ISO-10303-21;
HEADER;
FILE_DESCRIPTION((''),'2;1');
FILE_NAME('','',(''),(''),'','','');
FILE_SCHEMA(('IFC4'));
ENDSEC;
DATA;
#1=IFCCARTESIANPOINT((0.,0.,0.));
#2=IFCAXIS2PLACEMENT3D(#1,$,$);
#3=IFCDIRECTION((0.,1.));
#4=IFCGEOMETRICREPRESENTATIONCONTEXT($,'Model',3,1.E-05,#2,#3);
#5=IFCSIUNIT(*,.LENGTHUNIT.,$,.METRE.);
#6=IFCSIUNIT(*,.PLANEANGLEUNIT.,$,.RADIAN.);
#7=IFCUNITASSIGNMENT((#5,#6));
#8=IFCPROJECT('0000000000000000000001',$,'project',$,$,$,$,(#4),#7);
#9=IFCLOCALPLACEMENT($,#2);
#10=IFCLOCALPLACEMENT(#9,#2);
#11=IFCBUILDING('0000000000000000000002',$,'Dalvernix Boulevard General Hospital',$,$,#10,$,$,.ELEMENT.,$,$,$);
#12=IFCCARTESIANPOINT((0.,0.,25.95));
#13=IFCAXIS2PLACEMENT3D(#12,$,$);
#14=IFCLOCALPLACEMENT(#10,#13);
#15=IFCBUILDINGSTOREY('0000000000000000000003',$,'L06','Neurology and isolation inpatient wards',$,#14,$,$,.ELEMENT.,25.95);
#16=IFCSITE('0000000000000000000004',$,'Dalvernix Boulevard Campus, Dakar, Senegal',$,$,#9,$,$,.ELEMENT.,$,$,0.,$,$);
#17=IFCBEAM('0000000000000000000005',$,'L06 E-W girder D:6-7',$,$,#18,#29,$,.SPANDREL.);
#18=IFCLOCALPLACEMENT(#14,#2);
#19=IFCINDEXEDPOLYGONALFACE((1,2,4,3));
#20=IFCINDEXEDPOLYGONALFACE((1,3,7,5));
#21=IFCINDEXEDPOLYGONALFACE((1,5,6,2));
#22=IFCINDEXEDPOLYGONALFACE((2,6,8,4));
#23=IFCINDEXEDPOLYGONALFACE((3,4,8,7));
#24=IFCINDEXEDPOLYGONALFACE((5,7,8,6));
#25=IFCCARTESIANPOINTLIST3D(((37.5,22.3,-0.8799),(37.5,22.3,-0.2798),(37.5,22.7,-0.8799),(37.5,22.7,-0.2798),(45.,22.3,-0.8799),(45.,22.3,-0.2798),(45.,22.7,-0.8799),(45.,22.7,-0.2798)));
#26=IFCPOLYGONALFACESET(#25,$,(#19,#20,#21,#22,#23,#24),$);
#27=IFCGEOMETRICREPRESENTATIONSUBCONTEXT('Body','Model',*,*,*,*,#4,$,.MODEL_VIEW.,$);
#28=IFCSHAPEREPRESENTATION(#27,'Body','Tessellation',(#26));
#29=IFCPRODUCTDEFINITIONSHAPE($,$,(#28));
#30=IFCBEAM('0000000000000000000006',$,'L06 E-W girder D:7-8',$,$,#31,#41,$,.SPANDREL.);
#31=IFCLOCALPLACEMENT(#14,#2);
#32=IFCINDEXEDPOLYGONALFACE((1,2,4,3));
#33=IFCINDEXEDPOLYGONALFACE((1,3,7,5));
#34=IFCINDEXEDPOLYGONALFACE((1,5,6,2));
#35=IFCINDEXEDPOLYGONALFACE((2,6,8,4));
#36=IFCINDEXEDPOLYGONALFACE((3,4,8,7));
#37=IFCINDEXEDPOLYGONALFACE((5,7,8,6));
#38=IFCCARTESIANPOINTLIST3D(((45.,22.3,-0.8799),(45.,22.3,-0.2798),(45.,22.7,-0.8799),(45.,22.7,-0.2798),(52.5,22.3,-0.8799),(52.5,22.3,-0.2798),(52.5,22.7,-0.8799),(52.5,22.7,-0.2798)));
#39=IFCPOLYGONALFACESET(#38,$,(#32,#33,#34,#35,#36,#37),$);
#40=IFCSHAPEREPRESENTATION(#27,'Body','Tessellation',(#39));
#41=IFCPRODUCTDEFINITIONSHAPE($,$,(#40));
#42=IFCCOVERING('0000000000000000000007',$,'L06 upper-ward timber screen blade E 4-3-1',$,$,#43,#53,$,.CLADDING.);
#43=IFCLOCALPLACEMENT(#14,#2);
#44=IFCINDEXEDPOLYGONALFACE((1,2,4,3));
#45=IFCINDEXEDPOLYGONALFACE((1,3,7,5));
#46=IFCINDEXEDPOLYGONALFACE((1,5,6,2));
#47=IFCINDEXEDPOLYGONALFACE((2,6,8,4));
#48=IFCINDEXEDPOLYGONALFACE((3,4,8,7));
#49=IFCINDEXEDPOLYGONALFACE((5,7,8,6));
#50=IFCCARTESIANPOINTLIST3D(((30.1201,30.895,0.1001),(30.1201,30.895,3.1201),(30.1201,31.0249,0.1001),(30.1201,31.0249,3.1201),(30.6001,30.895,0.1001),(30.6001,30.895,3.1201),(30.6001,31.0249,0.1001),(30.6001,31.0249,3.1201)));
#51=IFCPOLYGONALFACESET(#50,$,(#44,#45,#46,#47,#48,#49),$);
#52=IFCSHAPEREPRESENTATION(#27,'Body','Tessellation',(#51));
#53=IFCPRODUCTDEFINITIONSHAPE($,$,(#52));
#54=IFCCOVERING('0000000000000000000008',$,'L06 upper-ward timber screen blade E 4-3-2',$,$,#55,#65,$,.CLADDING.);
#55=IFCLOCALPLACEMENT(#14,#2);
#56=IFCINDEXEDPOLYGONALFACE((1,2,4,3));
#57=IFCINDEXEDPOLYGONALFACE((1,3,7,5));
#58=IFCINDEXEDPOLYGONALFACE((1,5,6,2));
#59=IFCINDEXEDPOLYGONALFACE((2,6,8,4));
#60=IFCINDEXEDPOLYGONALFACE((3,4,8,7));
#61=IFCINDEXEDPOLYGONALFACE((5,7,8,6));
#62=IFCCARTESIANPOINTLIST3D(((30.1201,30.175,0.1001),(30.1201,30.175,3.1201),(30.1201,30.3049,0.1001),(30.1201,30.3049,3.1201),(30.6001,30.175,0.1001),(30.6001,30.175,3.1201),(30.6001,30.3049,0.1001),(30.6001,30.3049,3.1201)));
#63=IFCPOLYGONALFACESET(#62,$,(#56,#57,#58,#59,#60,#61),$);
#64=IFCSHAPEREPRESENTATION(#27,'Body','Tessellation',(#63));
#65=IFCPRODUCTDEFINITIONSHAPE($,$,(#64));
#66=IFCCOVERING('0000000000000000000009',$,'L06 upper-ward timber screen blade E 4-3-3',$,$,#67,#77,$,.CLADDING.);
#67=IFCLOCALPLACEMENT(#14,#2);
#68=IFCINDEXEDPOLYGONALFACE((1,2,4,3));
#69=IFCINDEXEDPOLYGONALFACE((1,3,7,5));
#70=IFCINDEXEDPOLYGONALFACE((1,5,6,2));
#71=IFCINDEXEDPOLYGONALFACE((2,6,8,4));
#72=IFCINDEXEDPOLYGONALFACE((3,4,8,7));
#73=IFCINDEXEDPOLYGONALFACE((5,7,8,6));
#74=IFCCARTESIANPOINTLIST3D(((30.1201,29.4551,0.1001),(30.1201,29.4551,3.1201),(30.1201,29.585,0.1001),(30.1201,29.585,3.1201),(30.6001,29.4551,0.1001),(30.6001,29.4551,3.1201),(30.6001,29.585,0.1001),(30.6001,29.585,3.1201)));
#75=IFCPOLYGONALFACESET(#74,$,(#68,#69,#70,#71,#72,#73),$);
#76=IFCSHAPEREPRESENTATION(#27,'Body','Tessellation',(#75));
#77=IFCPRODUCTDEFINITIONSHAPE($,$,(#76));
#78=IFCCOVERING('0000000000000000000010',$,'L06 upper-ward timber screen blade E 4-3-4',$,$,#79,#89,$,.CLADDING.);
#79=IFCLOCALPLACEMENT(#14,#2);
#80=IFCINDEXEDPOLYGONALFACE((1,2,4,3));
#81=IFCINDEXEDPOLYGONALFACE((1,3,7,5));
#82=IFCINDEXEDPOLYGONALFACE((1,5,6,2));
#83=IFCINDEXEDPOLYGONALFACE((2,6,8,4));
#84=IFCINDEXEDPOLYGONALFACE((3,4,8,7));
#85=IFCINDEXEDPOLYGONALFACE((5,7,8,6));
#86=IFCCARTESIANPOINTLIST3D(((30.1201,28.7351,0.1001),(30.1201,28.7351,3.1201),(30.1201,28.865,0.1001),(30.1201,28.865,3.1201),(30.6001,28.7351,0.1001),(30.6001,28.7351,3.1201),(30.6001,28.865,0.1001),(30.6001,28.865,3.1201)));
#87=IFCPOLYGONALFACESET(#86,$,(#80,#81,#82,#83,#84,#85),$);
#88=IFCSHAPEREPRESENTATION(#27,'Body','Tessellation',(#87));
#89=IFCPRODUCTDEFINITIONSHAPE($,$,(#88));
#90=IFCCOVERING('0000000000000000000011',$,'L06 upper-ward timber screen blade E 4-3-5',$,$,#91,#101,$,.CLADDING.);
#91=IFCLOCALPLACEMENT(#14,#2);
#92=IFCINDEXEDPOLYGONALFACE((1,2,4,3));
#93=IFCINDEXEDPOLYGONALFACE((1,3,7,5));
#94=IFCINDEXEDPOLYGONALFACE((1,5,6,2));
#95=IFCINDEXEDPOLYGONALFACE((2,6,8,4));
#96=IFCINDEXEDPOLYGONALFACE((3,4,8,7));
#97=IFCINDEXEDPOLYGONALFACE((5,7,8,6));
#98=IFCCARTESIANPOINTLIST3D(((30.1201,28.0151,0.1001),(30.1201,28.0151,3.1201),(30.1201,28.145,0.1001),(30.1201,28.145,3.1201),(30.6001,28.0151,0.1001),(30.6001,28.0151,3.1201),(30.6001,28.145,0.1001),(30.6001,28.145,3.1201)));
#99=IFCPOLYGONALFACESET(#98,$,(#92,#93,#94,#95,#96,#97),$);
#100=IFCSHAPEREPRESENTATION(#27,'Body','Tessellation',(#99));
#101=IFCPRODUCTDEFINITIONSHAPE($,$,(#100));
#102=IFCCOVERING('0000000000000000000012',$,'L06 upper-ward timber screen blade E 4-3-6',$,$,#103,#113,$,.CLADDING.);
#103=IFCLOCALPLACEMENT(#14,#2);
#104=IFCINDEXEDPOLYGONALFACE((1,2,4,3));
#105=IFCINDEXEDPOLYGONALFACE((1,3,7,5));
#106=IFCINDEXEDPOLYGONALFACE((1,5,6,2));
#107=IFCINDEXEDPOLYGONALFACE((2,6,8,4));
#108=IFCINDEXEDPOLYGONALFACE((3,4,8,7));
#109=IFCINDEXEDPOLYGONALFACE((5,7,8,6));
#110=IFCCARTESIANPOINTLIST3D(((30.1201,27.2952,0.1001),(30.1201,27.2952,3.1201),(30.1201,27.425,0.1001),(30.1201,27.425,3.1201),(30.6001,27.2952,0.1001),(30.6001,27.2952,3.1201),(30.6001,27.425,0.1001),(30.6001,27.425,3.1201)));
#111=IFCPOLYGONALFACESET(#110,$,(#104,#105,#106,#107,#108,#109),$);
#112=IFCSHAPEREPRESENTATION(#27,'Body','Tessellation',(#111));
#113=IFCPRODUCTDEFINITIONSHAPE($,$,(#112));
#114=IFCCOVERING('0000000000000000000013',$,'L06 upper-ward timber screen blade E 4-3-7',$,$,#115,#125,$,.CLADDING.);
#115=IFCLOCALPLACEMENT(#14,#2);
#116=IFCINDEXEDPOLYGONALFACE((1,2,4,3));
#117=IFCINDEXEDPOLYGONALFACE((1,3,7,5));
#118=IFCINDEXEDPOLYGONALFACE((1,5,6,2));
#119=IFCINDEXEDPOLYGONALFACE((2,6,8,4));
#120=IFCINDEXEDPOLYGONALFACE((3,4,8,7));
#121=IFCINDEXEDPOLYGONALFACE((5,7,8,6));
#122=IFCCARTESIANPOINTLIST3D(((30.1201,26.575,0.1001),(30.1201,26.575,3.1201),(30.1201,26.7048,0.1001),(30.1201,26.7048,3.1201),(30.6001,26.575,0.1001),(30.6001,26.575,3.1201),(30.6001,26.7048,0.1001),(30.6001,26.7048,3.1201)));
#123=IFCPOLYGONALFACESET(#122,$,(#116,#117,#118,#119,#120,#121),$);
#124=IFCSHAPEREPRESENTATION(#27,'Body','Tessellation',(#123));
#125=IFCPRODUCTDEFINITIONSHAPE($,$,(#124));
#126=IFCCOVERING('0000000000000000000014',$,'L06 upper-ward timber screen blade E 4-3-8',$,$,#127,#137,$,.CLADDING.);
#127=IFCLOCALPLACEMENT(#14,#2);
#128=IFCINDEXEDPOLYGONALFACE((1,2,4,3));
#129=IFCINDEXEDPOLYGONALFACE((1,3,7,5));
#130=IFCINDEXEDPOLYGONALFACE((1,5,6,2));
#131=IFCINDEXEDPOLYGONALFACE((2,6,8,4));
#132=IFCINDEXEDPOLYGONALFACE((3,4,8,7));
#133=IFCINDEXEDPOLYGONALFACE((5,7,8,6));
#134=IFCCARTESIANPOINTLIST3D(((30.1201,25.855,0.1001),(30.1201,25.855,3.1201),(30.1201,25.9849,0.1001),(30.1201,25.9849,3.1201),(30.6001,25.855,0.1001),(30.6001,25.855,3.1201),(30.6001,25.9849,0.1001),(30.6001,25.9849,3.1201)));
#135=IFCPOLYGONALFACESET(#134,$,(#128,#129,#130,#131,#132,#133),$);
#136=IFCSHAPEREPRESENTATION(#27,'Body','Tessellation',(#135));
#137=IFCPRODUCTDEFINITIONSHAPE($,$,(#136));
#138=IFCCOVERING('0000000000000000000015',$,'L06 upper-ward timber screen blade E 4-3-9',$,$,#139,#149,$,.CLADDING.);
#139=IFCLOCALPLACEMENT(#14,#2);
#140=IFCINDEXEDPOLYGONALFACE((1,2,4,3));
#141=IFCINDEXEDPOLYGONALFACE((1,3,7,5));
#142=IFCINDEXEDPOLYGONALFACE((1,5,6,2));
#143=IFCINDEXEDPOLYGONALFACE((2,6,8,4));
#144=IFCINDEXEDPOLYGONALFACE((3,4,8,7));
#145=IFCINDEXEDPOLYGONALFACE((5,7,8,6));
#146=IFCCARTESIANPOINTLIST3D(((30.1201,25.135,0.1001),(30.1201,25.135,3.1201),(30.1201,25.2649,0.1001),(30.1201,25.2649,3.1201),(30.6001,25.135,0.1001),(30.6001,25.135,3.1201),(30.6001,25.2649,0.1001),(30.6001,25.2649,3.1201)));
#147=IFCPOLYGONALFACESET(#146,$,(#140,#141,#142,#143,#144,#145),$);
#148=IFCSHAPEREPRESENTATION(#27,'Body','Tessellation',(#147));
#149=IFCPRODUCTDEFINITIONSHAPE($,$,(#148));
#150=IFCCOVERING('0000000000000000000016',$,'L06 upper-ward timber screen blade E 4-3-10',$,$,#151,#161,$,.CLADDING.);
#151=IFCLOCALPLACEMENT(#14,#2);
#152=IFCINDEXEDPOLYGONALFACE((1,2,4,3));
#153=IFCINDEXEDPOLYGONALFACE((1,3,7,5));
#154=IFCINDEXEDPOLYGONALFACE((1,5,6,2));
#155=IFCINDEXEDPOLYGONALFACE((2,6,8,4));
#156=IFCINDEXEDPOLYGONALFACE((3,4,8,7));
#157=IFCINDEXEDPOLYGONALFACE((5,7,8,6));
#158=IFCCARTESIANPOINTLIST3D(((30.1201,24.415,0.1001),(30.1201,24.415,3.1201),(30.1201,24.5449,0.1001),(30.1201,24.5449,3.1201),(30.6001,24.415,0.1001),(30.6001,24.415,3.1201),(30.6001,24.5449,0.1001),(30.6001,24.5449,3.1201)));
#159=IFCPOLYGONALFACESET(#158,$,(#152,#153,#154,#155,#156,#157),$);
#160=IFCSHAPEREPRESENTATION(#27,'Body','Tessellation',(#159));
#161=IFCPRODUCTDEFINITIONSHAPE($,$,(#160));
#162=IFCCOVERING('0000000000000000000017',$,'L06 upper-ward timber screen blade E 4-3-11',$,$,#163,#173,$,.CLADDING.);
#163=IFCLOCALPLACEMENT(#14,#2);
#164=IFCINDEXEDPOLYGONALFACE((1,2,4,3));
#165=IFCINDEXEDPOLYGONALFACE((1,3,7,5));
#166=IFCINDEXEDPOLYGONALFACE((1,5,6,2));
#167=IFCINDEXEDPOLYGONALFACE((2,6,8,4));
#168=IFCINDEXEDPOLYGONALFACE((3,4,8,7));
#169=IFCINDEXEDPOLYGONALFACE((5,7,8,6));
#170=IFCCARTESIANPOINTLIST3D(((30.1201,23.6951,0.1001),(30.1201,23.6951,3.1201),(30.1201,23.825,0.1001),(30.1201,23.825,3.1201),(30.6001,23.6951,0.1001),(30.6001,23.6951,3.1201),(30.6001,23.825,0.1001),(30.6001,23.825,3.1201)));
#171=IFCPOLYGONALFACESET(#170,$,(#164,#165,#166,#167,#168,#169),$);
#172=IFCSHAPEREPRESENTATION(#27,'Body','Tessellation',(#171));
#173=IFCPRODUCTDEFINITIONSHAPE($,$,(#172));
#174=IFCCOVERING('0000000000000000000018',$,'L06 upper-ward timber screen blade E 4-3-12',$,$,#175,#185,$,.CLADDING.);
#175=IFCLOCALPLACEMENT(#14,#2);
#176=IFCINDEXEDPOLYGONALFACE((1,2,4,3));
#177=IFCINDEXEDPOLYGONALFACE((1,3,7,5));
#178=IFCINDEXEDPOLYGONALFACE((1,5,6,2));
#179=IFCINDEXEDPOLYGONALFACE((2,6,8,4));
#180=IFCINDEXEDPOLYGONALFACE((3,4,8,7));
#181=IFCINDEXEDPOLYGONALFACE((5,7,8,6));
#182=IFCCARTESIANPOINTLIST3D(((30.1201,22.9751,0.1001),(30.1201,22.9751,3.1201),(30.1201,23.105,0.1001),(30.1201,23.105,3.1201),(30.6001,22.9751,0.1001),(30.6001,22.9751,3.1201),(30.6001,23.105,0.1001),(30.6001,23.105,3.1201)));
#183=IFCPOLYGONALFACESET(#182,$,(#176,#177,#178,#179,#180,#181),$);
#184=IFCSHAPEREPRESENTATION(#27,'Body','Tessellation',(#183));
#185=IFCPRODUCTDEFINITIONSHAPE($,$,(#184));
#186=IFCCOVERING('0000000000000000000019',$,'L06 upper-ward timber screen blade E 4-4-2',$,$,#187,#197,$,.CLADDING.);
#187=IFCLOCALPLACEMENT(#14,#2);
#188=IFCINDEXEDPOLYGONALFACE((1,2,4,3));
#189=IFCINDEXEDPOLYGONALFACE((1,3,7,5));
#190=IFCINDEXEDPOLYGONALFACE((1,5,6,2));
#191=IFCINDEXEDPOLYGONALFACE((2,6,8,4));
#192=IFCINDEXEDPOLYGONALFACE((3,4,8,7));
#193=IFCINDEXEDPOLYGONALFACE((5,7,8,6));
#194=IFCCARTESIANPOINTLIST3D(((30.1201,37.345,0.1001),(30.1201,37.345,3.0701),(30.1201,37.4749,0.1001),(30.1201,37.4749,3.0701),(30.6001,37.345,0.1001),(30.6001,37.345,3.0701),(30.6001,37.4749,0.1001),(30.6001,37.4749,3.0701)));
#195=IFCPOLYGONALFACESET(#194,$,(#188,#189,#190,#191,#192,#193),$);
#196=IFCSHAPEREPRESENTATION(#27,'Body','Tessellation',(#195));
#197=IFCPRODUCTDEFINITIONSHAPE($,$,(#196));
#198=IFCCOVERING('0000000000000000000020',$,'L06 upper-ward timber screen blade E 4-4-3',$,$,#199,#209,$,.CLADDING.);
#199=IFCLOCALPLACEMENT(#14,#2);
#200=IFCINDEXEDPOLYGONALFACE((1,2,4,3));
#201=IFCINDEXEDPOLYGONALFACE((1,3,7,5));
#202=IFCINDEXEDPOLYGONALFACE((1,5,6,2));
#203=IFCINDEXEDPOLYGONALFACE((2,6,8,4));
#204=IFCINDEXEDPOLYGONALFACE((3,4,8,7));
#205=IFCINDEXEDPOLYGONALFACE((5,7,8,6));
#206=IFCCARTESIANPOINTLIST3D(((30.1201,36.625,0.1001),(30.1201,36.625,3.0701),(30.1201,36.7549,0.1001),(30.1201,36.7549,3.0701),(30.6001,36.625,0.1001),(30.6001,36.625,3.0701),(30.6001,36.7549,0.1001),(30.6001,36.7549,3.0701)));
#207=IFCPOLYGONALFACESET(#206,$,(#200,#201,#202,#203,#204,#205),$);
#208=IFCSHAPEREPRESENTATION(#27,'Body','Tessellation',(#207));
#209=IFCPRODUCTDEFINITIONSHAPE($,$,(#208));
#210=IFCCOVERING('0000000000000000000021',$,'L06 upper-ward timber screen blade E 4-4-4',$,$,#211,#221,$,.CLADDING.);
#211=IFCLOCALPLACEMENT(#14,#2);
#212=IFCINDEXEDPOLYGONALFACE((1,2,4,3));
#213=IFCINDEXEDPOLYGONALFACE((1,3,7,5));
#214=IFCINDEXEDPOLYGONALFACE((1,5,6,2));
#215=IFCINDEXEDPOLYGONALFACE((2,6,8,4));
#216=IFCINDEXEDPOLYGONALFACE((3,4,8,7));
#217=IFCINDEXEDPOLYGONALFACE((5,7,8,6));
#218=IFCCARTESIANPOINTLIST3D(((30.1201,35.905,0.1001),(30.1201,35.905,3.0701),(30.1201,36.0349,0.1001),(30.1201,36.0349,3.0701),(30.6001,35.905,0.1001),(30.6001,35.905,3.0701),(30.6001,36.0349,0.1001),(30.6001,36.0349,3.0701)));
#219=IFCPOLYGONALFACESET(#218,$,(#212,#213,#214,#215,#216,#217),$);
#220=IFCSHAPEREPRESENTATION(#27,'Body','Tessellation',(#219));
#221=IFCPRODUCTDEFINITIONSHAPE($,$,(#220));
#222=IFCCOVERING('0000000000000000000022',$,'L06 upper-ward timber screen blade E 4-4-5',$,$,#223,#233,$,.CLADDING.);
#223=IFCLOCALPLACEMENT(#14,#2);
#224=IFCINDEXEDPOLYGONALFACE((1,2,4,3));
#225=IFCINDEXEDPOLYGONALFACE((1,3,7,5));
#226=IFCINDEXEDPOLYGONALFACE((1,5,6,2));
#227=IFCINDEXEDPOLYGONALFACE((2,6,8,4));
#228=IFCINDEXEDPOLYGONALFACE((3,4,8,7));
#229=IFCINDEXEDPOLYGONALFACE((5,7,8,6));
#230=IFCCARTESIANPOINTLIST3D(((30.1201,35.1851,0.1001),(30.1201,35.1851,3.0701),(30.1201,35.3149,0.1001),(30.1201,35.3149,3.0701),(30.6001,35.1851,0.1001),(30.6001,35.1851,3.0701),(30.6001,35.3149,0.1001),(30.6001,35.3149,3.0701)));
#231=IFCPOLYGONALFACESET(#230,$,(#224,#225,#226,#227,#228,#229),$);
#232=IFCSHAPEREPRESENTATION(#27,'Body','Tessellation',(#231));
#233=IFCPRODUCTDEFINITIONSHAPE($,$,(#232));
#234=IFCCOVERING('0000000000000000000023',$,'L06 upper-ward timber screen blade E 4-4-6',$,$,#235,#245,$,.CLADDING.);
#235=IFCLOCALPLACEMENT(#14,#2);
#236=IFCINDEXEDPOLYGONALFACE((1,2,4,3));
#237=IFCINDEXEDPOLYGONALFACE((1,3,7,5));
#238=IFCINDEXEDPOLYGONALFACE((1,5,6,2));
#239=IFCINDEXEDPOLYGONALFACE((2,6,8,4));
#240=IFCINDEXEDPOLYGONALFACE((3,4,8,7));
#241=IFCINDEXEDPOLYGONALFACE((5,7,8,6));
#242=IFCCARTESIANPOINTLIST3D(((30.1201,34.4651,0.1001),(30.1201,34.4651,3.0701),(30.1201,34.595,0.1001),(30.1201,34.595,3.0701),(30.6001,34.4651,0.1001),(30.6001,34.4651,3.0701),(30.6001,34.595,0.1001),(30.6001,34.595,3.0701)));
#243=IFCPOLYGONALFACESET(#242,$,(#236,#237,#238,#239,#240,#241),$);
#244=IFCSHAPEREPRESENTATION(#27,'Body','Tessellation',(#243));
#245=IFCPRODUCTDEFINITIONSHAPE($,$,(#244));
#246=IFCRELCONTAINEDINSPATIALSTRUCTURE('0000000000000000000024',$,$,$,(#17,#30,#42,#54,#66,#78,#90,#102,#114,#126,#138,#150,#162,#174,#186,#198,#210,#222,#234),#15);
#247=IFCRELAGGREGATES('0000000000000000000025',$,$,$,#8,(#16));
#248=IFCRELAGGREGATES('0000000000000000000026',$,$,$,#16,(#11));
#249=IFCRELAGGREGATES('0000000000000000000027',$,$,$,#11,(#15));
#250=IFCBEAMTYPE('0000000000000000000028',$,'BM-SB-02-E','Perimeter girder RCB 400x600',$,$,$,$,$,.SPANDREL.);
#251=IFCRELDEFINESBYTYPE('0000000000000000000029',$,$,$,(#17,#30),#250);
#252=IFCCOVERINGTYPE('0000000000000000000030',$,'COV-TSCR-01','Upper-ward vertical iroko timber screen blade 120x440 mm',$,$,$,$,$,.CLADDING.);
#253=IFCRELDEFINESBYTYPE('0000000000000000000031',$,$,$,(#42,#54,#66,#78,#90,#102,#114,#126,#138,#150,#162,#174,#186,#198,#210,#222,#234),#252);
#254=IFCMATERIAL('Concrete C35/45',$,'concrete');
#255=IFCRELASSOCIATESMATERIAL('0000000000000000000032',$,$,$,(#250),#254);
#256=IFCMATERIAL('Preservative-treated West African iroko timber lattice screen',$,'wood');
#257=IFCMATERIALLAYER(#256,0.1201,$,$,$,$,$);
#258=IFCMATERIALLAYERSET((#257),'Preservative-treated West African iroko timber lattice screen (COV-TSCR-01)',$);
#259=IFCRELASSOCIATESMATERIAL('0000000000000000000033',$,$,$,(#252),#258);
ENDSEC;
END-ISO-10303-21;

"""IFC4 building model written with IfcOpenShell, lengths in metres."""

from ifc_helpers import new_model, si_unit, direction, frame, origin, origin_2d, place, context, subcontext, project, spatial, rectangle, extrude, material, layer, layer_set, material_profile, profile_set, type_object, element, save


model = new_model("IFC4")

# Units and contexts
model_context = context("Model", 3, precision=1e-05, world=origin(), true_north=direction((0.0, 1.0)))
body_context = subcontext(model_context, "Body", "Model", "MODEL_VIEW")
ifc_project = project(units=[si_unit("LENGTHUNIT", "METRE"), si_unit("PLANEANGLEUNIT", "RADIAN")], contexts=[model_context])

# Site, building, storey
site_placement = place(None, origin())
site = spatial("IfcSite", under=ifc_project, at=site_placement, Name="Dalvernix Boulevard Campus, Dakar, Senegal", CompositionType="ELEMENT", RefElevation=0.0)
building_placement = place(site_placement, origin())
building = spatial("IfcBuilding", under=site, at=building_placement, Name="Dalvernix Boulevard General Hospital", CompositionType="ELEMENT")
storey_placement = place(building_placement, frame((0.0, 0.0, 25.95)))
storey = spatial("IfcBuildingStorey", under=building, at=storey_placement, Name="L06", Description="Neurology and isolation inpatient wards", CompositionType="ELEMENT", Elevation=25.95)

# Beams
ifc_material_1 = material(Name="Concrete C35/45", Category="concrete")
ifc_material_profile = material_profile(ifc_material_1, rectangle(XDim=0.3999, YDim=0.6001, at=origin_2d()), Name="RCB 400x600")
ifc_profile_set = profile_set([ifc_material_profile], Name="Concrete C35/45")
beam_type = type_object("IfcBeamType", Name="BM-SB-02-E", Description="Perimeter girder RCB 400x600", PredefinedType="SPANDREL", material=ifc_profile_set)
for number, where, z_axis, x_axis, name in (
    (1, (37.5, 22.5, -0.5798), (1.0, 0.0, 0.0), (0.0, 1.0, 0.0), "L06 E-W girder D:6-7"),
    (2, (45.0, 22.5, -0.5798), (1.0, 0.0, 0.0), (0.0, 1.0, 0.0), "L06 E-W girder D:7-8"),
):
    element("IfcBeam", number, at=place(storey_placement, frame(where, z_axis=z_axis, x_axis=x_axis)), inside=storey, type_object=beam_type, Name=name, PredefinedType="SPANDREL", context=body_context, shape_type="SweptSolid", body=[
        extrude(rectangle(XDim=0.3999, YDim=0.6001, at=origin_2d()), origin(), (0.0, 0.0, 1.0), 7.5),
    ])

# Coverings
ifc_material_2 = material(Name="Preservative-treated West African iroko timber lattice screen", Category="wood")
ifc_layer = layer(ifc_material_2, 0.1201)
ifc_layer_set = layer_set([ifc_layer], Name="Preservative-treated West African iroko timber lattice screen (COV-TSCR-01)")
covering_type = type_object("IfcCoveringType", Name="COV-TSCR-01", Description="Upper-ward vertical iroko timber screen blade 120x440 mm", PredefinedType="CLADDING", material=ifc_layer_set)
for number, where, z_axis, x_axis, name in (
    (3, (30.3601, 30.96, 0.1001), (0.0, 0.0, 1.0), (0.0, -1.0, 0.0), "L06 upper-ward timber screen blade E 4-3-1"),
    (4, (30.3601, 30.24, 0.1001), (0.0, 0.0, 1.0), (0.0, -1.0, 0.0), "L06 upper-ward timber screen blade E 4-3-2"),
    (5, (30.3601, 29.52, 0.1001), (0.0, 0.0, 1.0), (0.0, -1.0, 0.0), "L06 upper-ward timber screen blade E 4-3-3"),
    (6, (30.3601, 28.8, 0.1001), (0.0, 0.0, 1.0), (0.0, -1.0, 0.0), "L06 upper-ward timber screen blade E 4-3-4"),
    (7, (30.3601, 28.0801, 0.1001), (0.0, 0.0, 1.0), (0.0, -1.0, 0.0), "L06 upper-ward timber screen blade E 4-3-5"),
    (8, (30.3601, 27.3601, 0.1001), (0.0, 0.0, 1.0), (0.0, -1.0, 0.0), "L06 upper-ward timber screen blade E 4-3-6"),
    (9, (30.3601, 26.6399, 0.1001), (0.0, 0.0, 1.0), (0.0, -1.0, 0.0), "L06 upper-ward timber screen blade E 4-3-7"),
    (10, (30.3601, 25.9199, 0.1001), (0.0, 0.0, 1.0), (0.0, -1.0, 0.0), "L06 upper-ward timber screen blade E 4-3-8"),
    (11, (30.3601, 25.2, 0.1001), (0.0, 0.0, 1.0), (0.0, -1.0, 0.0), "L06 upper-ward timber screen blade E 4-3-9"),
    (12, (30.3601, 24.48, 0.1001), (0.0, 0.0, 1.0), (0.0, -1.0, 0.0), "L06 upper-ward timber screen blade E 4-3-10"),
    (13, (30.3601, 23.76, 0.1001), (0.0, 0.0, 1.0), (0.0, -1.0, 0.0), "L06 upper-ward timber screen blade E 4-3-11"),
    (14, (30.3601, 23.04, 0.1001), (0.0, 0.0, 1.0), (0.0, -1.0, 0.0), "L06 upper-ward timber screen blade E 4-3-12"),
):
    element("IfcCovering", number, at=place(storey_placement, frame(where, z_axis=z_axis, x_axis=x_axis)), inside=storey, type_object=covering_type, Name=name, PredefinedType="CLADDING", context=body_context, shape_type="SweptSolid", body=[
        extrude(rectangle(XDim=0.1299, YDim=0.48, at=origin_2d()), origin(), (0.0, 0.0, 1.0), 3.02),
    ])
for number, where, z_axis, x_axis, name in (
    (15, (30.3601, 37.4099, 0.1001), (0.0, 0.0, 1.0), (0.0, -1.0, 0.0), "L06 upper-ward timber screen blade E 4-4-2"),
    (16, (30.3601, 36.6899, 0.1001), (0.0, 0.0, 1.0), (0.0, -1.0, 0.0), "L06 upper-ward timber screen blade E 4-4-3"),
    (17, (30.3601, 35.97, 0.1001), (0.0, 0.0, 1.0), (0.0, -1.0, 0.0), "L06 upper-ward timber screen blade E 4-4-4"),
    (18, (30.3601, 35.25, 0.1001), (0.0, 0.0, 1.0), (0.0, -1.0, 0.0), "L06 upper-ward timber screen blade E 4-4-5"),
    (19, (30.3601, 34.53, 0.1001), (0.0, 0.0, 1.0), (0.0, -1.0, 0.0), "L06 upper-ward timber screen blade E 4-4-6"),
):
    element("IfcCovering", number, at=place(storey_placement, frame(where, z_axis=z_axis, x_axis=x_axis)), inside=storey, type_object=covering_type, Name=name, PredefinedType="CLADDING", context=body_context, shape_type="SweptSolid", body=[
        extrude(rectangle(XDim=0.1299, YDim=0.48, at=origin_2d()), origin(), (0.0, 0.0, 1.0), 2.97),
    ])

save(model, "model.ifc")
